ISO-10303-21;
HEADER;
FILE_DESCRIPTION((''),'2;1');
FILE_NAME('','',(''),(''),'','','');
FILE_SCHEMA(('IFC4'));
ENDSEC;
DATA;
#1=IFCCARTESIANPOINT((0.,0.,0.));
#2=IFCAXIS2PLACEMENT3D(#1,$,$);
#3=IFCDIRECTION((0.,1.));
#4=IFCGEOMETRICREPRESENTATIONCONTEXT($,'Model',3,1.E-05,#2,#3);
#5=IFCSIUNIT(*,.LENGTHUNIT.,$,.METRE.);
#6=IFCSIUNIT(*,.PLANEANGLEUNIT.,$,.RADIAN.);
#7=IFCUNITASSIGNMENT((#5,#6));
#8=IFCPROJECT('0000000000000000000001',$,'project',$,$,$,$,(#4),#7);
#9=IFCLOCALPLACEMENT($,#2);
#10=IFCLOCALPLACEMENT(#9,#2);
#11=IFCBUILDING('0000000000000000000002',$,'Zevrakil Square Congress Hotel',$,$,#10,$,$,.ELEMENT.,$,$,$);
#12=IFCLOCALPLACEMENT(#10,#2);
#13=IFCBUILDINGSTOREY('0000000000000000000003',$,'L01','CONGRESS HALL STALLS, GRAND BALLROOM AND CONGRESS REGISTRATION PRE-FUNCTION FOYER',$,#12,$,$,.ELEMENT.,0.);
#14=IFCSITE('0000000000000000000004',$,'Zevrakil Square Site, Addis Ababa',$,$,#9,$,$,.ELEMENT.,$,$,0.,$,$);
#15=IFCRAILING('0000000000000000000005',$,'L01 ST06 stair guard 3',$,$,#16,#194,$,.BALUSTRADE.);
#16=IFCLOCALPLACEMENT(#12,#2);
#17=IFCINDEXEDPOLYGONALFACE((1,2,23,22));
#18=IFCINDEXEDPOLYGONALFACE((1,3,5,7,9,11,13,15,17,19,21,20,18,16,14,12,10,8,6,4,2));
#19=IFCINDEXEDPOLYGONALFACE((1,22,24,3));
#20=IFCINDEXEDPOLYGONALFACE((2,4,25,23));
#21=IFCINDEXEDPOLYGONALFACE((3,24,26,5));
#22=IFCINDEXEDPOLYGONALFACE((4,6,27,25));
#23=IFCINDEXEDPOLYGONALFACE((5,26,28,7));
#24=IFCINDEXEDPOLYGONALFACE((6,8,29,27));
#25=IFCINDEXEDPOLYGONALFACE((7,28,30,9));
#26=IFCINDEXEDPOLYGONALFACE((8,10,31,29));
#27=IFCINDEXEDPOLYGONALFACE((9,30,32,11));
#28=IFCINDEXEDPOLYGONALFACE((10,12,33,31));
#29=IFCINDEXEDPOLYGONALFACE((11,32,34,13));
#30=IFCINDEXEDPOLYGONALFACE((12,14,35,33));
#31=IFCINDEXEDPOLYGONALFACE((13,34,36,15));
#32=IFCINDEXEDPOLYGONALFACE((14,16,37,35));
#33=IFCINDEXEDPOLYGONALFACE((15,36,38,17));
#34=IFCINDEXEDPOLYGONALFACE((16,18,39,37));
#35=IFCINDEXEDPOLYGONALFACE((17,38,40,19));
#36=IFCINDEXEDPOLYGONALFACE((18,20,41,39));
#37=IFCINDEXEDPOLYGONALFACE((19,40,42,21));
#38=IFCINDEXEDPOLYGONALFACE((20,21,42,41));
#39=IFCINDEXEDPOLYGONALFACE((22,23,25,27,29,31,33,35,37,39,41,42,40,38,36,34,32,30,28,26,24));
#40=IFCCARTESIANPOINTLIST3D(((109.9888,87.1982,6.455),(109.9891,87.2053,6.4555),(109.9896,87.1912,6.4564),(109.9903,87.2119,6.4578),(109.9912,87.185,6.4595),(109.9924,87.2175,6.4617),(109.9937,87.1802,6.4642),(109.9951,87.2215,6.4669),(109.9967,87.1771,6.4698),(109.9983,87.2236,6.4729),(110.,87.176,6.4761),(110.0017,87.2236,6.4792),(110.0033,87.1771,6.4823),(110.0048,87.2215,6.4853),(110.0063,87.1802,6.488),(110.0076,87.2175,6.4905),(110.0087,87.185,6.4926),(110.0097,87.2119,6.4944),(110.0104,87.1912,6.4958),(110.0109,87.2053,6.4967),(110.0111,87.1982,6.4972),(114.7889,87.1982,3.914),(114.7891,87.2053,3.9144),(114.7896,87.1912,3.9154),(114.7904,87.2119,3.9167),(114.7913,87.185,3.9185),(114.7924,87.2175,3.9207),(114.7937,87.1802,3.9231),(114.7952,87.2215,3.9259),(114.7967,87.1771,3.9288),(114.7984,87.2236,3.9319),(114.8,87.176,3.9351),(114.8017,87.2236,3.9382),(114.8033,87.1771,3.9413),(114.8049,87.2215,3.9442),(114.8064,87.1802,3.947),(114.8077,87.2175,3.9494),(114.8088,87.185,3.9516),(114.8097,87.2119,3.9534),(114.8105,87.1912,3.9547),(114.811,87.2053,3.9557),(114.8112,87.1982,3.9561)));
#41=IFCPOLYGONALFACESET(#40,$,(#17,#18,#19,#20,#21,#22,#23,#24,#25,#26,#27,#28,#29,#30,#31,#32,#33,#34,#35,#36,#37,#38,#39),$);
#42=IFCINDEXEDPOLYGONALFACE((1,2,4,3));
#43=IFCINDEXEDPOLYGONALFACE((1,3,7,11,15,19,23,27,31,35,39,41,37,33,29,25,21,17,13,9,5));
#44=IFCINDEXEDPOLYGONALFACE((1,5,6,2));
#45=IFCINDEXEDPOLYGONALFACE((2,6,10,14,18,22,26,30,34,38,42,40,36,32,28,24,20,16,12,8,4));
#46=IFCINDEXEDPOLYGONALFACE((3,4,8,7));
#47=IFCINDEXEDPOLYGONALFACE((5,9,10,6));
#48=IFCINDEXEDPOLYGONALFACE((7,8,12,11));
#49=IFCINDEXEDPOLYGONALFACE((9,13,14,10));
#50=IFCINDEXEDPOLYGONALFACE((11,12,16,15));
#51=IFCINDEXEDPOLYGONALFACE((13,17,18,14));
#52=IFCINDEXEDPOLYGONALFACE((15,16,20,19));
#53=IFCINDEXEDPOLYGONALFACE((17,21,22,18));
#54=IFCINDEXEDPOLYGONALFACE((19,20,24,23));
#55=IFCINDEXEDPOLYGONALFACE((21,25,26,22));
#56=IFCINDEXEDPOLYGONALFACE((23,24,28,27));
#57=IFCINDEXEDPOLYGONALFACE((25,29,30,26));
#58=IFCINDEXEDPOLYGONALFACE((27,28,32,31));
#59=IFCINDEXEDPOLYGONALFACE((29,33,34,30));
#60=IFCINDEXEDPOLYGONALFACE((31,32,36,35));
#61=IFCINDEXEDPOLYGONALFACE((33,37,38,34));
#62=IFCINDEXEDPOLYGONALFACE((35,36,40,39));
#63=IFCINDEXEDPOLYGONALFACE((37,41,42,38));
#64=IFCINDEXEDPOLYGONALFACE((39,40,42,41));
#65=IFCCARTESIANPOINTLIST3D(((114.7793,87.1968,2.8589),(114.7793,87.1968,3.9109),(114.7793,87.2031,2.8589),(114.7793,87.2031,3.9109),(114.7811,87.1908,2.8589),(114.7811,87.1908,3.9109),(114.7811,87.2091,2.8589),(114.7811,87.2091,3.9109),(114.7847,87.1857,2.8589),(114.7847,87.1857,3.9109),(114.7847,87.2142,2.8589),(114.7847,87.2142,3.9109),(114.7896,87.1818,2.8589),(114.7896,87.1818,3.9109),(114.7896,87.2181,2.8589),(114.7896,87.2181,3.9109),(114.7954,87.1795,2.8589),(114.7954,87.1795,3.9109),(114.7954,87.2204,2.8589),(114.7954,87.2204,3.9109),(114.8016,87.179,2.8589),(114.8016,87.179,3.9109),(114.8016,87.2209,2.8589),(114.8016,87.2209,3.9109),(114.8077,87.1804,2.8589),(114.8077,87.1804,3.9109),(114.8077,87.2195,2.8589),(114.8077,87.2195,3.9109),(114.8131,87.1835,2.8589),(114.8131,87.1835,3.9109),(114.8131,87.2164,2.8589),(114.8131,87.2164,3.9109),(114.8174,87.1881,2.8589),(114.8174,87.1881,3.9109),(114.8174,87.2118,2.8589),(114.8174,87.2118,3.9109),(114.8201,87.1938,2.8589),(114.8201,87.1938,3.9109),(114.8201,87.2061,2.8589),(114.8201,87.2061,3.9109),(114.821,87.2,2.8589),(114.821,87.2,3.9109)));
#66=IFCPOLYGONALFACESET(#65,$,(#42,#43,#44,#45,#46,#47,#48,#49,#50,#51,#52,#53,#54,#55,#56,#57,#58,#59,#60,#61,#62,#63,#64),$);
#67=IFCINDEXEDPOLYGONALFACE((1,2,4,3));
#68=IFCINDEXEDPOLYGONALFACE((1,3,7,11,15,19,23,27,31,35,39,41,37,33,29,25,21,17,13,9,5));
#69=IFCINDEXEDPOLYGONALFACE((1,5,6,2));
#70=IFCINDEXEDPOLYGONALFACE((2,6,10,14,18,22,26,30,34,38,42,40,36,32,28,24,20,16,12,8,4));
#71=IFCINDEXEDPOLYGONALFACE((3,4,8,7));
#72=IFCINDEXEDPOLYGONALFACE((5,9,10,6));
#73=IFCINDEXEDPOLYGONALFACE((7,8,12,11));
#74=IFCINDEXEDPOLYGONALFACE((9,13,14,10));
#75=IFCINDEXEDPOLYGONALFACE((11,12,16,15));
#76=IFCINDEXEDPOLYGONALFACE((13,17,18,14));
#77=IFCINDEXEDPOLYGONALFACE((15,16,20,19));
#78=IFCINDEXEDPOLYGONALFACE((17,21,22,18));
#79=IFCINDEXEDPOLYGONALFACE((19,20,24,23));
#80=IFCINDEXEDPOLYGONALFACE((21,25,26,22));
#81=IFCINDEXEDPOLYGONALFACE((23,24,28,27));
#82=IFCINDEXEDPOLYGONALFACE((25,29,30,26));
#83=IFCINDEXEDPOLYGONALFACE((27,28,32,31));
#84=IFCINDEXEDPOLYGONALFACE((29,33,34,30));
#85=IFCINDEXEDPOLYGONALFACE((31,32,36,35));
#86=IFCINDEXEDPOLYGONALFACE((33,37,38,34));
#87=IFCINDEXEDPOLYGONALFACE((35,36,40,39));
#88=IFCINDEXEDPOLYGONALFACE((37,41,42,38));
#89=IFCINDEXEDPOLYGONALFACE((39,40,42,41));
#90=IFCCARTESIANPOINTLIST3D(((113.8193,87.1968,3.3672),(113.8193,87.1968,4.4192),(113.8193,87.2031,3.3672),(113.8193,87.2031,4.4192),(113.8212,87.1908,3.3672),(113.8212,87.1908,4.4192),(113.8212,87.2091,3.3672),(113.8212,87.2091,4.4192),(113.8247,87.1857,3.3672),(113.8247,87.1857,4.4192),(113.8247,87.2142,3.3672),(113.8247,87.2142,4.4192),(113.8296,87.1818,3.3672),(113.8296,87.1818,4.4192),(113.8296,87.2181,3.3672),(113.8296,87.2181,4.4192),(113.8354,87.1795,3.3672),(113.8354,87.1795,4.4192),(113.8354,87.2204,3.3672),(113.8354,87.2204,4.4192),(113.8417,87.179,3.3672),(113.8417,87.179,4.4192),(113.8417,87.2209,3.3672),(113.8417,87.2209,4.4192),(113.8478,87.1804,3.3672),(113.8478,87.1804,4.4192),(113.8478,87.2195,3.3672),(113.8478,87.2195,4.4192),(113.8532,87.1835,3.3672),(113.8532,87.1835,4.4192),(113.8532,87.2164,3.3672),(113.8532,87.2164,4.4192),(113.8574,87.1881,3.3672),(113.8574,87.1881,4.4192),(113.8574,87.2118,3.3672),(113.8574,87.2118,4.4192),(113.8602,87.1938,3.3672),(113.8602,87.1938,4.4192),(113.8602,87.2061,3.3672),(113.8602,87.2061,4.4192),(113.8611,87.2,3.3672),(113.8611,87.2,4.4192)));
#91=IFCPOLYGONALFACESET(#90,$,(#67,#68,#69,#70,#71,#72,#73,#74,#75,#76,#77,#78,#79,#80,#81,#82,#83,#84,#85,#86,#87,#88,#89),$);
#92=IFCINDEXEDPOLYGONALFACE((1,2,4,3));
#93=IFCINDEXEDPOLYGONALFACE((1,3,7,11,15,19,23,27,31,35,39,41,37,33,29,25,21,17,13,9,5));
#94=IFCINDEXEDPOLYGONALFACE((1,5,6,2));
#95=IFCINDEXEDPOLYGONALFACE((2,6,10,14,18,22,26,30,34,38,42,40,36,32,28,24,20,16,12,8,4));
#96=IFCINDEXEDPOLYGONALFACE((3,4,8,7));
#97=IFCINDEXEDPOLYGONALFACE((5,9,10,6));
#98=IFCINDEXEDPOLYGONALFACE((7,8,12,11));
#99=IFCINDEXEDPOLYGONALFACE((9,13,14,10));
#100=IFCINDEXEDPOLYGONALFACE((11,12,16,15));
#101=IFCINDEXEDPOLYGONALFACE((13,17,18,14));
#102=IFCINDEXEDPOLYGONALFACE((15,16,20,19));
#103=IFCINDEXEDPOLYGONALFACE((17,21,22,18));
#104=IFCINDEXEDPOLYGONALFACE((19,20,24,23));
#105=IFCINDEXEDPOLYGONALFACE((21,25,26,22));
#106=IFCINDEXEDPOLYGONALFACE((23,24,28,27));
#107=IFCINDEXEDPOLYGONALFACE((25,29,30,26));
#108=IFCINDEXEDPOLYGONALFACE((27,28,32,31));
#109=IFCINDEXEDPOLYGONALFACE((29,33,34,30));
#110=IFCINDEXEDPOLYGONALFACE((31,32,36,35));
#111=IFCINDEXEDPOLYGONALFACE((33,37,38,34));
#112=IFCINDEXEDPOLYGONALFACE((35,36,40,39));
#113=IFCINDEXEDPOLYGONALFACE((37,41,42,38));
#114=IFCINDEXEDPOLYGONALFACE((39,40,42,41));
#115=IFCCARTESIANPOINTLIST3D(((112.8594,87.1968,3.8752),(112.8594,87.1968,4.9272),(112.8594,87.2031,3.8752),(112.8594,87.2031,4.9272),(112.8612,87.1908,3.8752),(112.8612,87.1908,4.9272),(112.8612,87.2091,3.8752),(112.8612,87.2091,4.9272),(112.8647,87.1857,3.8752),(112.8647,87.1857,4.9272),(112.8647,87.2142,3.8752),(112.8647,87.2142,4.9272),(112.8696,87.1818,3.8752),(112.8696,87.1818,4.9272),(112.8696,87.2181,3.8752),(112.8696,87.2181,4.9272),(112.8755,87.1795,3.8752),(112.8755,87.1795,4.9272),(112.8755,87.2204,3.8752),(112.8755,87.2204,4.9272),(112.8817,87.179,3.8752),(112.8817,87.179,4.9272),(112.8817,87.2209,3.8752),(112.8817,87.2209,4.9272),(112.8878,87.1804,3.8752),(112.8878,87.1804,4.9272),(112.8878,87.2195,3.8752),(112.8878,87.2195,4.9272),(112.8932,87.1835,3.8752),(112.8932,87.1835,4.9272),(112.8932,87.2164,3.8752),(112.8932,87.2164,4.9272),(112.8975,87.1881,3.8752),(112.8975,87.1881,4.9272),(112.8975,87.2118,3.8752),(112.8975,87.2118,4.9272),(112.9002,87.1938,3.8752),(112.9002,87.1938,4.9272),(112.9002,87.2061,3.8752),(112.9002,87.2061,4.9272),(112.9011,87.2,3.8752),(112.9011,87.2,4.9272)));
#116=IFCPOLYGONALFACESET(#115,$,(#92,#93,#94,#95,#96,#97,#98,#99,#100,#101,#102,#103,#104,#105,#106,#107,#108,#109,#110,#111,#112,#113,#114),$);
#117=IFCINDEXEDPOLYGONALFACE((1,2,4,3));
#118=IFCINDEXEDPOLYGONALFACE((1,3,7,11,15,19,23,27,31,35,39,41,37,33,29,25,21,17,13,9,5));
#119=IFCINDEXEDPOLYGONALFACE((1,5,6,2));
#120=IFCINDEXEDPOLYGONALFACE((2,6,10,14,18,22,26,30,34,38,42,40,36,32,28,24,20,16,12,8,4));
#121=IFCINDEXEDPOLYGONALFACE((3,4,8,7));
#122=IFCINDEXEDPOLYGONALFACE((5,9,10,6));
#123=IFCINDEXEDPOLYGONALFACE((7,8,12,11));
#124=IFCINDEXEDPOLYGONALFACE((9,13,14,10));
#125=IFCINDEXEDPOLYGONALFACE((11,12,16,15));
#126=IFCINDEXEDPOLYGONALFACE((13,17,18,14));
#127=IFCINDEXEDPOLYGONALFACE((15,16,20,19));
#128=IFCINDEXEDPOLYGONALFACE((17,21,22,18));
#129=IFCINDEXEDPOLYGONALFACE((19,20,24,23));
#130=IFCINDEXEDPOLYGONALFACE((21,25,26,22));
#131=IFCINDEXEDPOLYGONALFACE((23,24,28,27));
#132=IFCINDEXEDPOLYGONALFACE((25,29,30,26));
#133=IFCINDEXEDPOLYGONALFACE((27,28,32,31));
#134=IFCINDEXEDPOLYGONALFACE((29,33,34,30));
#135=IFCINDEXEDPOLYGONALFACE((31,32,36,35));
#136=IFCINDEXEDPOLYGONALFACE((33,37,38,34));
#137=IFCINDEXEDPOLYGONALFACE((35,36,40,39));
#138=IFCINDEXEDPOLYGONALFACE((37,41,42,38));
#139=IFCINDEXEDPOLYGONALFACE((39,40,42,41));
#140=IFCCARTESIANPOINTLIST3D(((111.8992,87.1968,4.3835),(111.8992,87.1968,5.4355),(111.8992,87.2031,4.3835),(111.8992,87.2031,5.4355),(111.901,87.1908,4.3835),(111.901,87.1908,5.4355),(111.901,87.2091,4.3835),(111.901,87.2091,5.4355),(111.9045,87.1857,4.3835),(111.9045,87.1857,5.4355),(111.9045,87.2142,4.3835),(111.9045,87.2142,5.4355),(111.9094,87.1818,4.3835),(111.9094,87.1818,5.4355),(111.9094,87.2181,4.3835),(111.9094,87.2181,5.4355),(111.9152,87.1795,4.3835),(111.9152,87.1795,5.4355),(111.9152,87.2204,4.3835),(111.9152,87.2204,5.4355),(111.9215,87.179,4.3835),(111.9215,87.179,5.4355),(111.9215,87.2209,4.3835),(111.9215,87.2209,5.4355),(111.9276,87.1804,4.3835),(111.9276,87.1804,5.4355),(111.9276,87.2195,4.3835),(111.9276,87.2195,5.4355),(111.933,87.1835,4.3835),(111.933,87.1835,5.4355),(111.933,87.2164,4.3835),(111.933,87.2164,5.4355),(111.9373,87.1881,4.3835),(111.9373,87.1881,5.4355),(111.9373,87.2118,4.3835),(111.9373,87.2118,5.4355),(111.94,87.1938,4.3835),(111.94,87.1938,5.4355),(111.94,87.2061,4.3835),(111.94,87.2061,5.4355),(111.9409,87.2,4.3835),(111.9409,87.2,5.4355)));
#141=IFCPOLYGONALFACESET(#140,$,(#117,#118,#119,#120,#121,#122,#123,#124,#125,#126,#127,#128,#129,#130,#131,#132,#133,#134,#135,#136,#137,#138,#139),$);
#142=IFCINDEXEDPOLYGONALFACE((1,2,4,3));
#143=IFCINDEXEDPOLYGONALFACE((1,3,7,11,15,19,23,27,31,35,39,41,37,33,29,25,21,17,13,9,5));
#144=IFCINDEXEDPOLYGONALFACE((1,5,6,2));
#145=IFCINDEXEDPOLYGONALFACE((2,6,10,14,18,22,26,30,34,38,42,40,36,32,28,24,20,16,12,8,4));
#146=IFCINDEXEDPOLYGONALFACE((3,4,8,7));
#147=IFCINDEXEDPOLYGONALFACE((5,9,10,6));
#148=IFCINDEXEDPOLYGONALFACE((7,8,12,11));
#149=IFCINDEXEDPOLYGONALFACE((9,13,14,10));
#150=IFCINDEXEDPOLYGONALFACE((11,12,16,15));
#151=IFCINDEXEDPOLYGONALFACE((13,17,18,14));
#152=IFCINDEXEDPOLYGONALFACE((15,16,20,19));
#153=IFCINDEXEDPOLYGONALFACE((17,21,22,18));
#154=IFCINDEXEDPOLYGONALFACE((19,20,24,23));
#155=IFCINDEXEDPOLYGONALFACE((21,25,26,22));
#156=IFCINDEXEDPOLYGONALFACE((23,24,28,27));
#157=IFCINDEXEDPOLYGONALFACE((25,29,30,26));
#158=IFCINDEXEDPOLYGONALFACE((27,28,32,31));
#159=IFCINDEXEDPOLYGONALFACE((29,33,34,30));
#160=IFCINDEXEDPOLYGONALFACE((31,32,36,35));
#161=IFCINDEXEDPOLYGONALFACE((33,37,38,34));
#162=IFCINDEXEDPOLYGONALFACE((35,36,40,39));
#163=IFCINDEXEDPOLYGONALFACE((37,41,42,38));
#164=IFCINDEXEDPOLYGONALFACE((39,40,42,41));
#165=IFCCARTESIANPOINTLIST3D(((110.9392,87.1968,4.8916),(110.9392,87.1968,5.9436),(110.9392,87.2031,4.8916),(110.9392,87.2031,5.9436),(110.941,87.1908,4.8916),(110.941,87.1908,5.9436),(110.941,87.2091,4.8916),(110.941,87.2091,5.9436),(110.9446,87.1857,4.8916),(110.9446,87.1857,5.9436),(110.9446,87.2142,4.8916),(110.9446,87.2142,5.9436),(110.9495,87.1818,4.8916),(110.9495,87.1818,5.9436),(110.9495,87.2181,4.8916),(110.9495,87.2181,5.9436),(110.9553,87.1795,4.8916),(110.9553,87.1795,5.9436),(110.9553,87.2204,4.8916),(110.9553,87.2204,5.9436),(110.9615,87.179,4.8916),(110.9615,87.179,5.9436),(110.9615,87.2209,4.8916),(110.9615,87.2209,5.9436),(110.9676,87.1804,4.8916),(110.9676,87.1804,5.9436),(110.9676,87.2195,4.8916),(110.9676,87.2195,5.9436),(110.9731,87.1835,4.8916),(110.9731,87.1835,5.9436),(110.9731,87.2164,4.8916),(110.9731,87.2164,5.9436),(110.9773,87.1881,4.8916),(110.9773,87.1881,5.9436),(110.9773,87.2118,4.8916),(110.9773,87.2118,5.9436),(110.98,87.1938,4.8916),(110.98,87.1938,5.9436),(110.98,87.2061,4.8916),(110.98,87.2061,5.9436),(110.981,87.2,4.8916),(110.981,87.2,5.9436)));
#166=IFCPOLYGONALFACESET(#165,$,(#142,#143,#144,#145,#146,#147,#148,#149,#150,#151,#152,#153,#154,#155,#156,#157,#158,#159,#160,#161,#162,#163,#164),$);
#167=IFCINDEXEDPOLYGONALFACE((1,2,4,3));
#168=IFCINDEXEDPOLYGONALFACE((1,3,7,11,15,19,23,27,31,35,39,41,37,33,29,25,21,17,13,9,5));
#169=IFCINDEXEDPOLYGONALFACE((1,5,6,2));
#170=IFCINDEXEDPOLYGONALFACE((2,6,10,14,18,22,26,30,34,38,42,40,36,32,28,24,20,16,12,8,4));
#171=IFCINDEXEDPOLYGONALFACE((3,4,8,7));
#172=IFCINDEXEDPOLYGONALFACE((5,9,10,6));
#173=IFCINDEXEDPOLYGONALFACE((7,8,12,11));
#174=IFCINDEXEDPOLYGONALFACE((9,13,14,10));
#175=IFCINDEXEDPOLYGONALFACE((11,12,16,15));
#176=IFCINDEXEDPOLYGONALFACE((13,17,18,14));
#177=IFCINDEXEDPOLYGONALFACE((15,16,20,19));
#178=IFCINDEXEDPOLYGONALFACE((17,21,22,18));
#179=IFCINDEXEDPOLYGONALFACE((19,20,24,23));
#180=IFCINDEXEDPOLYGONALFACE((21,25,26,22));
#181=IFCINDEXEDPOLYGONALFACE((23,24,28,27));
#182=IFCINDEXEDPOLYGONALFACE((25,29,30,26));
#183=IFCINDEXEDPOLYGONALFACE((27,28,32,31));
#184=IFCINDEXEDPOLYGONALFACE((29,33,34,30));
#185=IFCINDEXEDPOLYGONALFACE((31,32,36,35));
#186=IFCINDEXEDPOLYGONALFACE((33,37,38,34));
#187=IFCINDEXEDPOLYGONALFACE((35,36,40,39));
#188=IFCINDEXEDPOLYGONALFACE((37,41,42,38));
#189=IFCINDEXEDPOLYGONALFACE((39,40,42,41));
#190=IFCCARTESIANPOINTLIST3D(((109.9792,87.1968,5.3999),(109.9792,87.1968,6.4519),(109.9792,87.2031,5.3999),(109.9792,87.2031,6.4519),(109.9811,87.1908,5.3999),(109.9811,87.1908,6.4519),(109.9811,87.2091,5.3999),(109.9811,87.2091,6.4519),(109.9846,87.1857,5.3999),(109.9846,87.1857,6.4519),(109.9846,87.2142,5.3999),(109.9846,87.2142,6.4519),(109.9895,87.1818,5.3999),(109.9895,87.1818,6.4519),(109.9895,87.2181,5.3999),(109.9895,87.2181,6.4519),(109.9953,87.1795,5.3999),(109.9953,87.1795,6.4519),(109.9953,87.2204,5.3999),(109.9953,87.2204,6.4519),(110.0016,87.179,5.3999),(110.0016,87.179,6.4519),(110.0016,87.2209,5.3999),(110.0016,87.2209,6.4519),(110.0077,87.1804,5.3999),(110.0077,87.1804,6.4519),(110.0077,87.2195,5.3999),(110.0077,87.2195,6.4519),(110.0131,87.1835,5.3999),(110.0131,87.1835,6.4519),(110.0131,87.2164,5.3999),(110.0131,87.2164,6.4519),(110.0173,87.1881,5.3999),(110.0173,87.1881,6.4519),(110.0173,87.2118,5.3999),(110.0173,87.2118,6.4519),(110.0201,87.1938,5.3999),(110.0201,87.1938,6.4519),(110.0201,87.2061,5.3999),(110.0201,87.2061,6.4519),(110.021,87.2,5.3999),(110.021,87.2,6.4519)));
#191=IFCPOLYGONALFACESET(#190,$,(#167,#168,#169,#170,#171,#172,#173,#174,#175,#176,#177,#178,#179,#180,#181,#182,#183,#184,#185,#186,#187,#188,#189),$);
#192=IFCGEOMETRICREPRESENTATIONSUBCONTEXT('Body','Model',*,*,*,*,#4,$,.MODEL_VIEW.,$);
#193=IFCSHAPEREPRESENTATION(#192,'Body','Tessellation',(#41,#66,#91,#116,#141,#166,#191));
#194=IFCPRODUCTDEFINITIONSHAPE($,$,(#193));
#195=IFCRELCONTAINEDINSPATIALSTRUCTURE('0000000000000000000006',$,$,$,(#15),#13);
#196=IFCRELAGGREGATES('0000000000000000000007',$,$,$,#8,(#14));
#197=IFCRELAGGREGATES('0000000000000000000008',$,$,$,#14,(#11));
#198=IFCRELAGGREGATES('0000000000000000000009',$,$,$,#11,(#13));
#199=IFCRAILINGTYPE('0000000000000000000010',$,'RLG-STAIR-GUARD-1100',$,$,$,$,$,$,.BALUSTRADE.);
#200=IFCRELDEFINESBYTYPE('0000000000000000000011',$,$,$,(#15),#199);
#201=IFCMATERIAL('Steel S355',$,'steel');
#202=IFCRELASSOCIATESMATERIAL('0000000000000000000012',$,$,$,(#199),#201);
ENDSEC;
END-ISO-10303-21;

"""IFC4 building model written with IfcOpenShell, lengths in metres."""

from ifc_helpers import new_model, si_unit, direction, frame, origin, origin_2d, place, context, subcontext, project, spatial, circle, extrude, material, type_object, element, save


model = new_model("IFC4")

# Units and contexts
model_context = context("Model", 3, precision=1e-05, world=origin(), true_north=direction((0.0, 1.0)))
body_context = subcontext(model_context, "Body", "Model", "MODEL_VIEW")
ifc_project = project(units=[si_unit("LENGTHUNIT", "METRE"), si_unit("PLANEANGLEUNIT", "RADIAN")], contexts=[model_context])

# Site, building, storey
site_placement = place(None, origin())
site = spatial("IfcSite", under=ifc_project, at=site_placement, Name="Zevrakil Square Site, Addis Ababa", CompositionType="ELEMENT", RefElevation=0.0)
building_placement = place(site_placement, origin())
building = spatial("IfcBuilding", under=site, at=building_placement, Name="Zevrakil Square Congress Hotel", CompositionType="ELEMENT")
storey_placement = place(building_placement, origin())
storey = spatial("IfcBuildingStorey", under=building, at=storey_placement, Name="L01", Description="CONGRESS HALL STALLS, GRAND BALLROOM AND CONGRESS REGISTRATION PRE-FUNCTION FOYER", CompositionType="ELEMENT", Elevation=0.0)

# Railing
ifc_material_1 = material(Name="Steel S355", Category="steel")
railing_type_1 = type_object("IfcRailingType", Name="RLG-STAIR-GUARD-1100", PredefinedType="BALUSTRADE", material=ifc_material_1)
railing_1_placement = place(storey_placement, frame((114.8, 87.2, 2.8589)))
element("IfcRailing", 1, at=railing_1_placement, inside=storey, type_object=railing_type_1, Name="L01 ST06 stair guard 3", PredefinedType="BALUSTRADE", context=body_context, shape_type="SweptSolid", body=[
    extrude(circle(Radius=0.0239, at=origin_2d()), frame((0.0, 0.0, 1.0762), z_axis=(-0.883802, 0.0, 0.467861), x_axis=(0.0, -1.0, 0.0)), (0.0, 0.0, 1.0), 5.4312),
    extrude(circle(Radius=0.021, at=origin_2d()), origin(), (0.0, 0.0, 1.0), 1.052),
    extrude(circle(Radius=0.021, at=origin_2d()), frame((-0.96, 0.0, 0.5083)), (0.0, 0.0, 1.0), 1.052),
    extrude(circle(Radius=0.021, at=origin_2d()), frame((-1.9199, 0.0, 1.0164)), (0.0, 0.0, 1.0), 1.052),
    extrude(circle(Radius=0.021, at=origin_2d()), frame((-2.8801, 0.0, 1.5247)), (0.0, 0.0, 1.0), 1.052),
    extrude(circle(Radius=0.021, at=origin_2d()), frame((-3.8401, 0.0, 2.0327)), (0.0, 0.0, 1.0), 1.052),
    extrude(circle(Radius=0.021, at=origin_2d()), frame((-4.8, 0.0, 2.541)), (0.0, 0.0, 1.0), 1.052),
])

save(model, "model.ifc")
